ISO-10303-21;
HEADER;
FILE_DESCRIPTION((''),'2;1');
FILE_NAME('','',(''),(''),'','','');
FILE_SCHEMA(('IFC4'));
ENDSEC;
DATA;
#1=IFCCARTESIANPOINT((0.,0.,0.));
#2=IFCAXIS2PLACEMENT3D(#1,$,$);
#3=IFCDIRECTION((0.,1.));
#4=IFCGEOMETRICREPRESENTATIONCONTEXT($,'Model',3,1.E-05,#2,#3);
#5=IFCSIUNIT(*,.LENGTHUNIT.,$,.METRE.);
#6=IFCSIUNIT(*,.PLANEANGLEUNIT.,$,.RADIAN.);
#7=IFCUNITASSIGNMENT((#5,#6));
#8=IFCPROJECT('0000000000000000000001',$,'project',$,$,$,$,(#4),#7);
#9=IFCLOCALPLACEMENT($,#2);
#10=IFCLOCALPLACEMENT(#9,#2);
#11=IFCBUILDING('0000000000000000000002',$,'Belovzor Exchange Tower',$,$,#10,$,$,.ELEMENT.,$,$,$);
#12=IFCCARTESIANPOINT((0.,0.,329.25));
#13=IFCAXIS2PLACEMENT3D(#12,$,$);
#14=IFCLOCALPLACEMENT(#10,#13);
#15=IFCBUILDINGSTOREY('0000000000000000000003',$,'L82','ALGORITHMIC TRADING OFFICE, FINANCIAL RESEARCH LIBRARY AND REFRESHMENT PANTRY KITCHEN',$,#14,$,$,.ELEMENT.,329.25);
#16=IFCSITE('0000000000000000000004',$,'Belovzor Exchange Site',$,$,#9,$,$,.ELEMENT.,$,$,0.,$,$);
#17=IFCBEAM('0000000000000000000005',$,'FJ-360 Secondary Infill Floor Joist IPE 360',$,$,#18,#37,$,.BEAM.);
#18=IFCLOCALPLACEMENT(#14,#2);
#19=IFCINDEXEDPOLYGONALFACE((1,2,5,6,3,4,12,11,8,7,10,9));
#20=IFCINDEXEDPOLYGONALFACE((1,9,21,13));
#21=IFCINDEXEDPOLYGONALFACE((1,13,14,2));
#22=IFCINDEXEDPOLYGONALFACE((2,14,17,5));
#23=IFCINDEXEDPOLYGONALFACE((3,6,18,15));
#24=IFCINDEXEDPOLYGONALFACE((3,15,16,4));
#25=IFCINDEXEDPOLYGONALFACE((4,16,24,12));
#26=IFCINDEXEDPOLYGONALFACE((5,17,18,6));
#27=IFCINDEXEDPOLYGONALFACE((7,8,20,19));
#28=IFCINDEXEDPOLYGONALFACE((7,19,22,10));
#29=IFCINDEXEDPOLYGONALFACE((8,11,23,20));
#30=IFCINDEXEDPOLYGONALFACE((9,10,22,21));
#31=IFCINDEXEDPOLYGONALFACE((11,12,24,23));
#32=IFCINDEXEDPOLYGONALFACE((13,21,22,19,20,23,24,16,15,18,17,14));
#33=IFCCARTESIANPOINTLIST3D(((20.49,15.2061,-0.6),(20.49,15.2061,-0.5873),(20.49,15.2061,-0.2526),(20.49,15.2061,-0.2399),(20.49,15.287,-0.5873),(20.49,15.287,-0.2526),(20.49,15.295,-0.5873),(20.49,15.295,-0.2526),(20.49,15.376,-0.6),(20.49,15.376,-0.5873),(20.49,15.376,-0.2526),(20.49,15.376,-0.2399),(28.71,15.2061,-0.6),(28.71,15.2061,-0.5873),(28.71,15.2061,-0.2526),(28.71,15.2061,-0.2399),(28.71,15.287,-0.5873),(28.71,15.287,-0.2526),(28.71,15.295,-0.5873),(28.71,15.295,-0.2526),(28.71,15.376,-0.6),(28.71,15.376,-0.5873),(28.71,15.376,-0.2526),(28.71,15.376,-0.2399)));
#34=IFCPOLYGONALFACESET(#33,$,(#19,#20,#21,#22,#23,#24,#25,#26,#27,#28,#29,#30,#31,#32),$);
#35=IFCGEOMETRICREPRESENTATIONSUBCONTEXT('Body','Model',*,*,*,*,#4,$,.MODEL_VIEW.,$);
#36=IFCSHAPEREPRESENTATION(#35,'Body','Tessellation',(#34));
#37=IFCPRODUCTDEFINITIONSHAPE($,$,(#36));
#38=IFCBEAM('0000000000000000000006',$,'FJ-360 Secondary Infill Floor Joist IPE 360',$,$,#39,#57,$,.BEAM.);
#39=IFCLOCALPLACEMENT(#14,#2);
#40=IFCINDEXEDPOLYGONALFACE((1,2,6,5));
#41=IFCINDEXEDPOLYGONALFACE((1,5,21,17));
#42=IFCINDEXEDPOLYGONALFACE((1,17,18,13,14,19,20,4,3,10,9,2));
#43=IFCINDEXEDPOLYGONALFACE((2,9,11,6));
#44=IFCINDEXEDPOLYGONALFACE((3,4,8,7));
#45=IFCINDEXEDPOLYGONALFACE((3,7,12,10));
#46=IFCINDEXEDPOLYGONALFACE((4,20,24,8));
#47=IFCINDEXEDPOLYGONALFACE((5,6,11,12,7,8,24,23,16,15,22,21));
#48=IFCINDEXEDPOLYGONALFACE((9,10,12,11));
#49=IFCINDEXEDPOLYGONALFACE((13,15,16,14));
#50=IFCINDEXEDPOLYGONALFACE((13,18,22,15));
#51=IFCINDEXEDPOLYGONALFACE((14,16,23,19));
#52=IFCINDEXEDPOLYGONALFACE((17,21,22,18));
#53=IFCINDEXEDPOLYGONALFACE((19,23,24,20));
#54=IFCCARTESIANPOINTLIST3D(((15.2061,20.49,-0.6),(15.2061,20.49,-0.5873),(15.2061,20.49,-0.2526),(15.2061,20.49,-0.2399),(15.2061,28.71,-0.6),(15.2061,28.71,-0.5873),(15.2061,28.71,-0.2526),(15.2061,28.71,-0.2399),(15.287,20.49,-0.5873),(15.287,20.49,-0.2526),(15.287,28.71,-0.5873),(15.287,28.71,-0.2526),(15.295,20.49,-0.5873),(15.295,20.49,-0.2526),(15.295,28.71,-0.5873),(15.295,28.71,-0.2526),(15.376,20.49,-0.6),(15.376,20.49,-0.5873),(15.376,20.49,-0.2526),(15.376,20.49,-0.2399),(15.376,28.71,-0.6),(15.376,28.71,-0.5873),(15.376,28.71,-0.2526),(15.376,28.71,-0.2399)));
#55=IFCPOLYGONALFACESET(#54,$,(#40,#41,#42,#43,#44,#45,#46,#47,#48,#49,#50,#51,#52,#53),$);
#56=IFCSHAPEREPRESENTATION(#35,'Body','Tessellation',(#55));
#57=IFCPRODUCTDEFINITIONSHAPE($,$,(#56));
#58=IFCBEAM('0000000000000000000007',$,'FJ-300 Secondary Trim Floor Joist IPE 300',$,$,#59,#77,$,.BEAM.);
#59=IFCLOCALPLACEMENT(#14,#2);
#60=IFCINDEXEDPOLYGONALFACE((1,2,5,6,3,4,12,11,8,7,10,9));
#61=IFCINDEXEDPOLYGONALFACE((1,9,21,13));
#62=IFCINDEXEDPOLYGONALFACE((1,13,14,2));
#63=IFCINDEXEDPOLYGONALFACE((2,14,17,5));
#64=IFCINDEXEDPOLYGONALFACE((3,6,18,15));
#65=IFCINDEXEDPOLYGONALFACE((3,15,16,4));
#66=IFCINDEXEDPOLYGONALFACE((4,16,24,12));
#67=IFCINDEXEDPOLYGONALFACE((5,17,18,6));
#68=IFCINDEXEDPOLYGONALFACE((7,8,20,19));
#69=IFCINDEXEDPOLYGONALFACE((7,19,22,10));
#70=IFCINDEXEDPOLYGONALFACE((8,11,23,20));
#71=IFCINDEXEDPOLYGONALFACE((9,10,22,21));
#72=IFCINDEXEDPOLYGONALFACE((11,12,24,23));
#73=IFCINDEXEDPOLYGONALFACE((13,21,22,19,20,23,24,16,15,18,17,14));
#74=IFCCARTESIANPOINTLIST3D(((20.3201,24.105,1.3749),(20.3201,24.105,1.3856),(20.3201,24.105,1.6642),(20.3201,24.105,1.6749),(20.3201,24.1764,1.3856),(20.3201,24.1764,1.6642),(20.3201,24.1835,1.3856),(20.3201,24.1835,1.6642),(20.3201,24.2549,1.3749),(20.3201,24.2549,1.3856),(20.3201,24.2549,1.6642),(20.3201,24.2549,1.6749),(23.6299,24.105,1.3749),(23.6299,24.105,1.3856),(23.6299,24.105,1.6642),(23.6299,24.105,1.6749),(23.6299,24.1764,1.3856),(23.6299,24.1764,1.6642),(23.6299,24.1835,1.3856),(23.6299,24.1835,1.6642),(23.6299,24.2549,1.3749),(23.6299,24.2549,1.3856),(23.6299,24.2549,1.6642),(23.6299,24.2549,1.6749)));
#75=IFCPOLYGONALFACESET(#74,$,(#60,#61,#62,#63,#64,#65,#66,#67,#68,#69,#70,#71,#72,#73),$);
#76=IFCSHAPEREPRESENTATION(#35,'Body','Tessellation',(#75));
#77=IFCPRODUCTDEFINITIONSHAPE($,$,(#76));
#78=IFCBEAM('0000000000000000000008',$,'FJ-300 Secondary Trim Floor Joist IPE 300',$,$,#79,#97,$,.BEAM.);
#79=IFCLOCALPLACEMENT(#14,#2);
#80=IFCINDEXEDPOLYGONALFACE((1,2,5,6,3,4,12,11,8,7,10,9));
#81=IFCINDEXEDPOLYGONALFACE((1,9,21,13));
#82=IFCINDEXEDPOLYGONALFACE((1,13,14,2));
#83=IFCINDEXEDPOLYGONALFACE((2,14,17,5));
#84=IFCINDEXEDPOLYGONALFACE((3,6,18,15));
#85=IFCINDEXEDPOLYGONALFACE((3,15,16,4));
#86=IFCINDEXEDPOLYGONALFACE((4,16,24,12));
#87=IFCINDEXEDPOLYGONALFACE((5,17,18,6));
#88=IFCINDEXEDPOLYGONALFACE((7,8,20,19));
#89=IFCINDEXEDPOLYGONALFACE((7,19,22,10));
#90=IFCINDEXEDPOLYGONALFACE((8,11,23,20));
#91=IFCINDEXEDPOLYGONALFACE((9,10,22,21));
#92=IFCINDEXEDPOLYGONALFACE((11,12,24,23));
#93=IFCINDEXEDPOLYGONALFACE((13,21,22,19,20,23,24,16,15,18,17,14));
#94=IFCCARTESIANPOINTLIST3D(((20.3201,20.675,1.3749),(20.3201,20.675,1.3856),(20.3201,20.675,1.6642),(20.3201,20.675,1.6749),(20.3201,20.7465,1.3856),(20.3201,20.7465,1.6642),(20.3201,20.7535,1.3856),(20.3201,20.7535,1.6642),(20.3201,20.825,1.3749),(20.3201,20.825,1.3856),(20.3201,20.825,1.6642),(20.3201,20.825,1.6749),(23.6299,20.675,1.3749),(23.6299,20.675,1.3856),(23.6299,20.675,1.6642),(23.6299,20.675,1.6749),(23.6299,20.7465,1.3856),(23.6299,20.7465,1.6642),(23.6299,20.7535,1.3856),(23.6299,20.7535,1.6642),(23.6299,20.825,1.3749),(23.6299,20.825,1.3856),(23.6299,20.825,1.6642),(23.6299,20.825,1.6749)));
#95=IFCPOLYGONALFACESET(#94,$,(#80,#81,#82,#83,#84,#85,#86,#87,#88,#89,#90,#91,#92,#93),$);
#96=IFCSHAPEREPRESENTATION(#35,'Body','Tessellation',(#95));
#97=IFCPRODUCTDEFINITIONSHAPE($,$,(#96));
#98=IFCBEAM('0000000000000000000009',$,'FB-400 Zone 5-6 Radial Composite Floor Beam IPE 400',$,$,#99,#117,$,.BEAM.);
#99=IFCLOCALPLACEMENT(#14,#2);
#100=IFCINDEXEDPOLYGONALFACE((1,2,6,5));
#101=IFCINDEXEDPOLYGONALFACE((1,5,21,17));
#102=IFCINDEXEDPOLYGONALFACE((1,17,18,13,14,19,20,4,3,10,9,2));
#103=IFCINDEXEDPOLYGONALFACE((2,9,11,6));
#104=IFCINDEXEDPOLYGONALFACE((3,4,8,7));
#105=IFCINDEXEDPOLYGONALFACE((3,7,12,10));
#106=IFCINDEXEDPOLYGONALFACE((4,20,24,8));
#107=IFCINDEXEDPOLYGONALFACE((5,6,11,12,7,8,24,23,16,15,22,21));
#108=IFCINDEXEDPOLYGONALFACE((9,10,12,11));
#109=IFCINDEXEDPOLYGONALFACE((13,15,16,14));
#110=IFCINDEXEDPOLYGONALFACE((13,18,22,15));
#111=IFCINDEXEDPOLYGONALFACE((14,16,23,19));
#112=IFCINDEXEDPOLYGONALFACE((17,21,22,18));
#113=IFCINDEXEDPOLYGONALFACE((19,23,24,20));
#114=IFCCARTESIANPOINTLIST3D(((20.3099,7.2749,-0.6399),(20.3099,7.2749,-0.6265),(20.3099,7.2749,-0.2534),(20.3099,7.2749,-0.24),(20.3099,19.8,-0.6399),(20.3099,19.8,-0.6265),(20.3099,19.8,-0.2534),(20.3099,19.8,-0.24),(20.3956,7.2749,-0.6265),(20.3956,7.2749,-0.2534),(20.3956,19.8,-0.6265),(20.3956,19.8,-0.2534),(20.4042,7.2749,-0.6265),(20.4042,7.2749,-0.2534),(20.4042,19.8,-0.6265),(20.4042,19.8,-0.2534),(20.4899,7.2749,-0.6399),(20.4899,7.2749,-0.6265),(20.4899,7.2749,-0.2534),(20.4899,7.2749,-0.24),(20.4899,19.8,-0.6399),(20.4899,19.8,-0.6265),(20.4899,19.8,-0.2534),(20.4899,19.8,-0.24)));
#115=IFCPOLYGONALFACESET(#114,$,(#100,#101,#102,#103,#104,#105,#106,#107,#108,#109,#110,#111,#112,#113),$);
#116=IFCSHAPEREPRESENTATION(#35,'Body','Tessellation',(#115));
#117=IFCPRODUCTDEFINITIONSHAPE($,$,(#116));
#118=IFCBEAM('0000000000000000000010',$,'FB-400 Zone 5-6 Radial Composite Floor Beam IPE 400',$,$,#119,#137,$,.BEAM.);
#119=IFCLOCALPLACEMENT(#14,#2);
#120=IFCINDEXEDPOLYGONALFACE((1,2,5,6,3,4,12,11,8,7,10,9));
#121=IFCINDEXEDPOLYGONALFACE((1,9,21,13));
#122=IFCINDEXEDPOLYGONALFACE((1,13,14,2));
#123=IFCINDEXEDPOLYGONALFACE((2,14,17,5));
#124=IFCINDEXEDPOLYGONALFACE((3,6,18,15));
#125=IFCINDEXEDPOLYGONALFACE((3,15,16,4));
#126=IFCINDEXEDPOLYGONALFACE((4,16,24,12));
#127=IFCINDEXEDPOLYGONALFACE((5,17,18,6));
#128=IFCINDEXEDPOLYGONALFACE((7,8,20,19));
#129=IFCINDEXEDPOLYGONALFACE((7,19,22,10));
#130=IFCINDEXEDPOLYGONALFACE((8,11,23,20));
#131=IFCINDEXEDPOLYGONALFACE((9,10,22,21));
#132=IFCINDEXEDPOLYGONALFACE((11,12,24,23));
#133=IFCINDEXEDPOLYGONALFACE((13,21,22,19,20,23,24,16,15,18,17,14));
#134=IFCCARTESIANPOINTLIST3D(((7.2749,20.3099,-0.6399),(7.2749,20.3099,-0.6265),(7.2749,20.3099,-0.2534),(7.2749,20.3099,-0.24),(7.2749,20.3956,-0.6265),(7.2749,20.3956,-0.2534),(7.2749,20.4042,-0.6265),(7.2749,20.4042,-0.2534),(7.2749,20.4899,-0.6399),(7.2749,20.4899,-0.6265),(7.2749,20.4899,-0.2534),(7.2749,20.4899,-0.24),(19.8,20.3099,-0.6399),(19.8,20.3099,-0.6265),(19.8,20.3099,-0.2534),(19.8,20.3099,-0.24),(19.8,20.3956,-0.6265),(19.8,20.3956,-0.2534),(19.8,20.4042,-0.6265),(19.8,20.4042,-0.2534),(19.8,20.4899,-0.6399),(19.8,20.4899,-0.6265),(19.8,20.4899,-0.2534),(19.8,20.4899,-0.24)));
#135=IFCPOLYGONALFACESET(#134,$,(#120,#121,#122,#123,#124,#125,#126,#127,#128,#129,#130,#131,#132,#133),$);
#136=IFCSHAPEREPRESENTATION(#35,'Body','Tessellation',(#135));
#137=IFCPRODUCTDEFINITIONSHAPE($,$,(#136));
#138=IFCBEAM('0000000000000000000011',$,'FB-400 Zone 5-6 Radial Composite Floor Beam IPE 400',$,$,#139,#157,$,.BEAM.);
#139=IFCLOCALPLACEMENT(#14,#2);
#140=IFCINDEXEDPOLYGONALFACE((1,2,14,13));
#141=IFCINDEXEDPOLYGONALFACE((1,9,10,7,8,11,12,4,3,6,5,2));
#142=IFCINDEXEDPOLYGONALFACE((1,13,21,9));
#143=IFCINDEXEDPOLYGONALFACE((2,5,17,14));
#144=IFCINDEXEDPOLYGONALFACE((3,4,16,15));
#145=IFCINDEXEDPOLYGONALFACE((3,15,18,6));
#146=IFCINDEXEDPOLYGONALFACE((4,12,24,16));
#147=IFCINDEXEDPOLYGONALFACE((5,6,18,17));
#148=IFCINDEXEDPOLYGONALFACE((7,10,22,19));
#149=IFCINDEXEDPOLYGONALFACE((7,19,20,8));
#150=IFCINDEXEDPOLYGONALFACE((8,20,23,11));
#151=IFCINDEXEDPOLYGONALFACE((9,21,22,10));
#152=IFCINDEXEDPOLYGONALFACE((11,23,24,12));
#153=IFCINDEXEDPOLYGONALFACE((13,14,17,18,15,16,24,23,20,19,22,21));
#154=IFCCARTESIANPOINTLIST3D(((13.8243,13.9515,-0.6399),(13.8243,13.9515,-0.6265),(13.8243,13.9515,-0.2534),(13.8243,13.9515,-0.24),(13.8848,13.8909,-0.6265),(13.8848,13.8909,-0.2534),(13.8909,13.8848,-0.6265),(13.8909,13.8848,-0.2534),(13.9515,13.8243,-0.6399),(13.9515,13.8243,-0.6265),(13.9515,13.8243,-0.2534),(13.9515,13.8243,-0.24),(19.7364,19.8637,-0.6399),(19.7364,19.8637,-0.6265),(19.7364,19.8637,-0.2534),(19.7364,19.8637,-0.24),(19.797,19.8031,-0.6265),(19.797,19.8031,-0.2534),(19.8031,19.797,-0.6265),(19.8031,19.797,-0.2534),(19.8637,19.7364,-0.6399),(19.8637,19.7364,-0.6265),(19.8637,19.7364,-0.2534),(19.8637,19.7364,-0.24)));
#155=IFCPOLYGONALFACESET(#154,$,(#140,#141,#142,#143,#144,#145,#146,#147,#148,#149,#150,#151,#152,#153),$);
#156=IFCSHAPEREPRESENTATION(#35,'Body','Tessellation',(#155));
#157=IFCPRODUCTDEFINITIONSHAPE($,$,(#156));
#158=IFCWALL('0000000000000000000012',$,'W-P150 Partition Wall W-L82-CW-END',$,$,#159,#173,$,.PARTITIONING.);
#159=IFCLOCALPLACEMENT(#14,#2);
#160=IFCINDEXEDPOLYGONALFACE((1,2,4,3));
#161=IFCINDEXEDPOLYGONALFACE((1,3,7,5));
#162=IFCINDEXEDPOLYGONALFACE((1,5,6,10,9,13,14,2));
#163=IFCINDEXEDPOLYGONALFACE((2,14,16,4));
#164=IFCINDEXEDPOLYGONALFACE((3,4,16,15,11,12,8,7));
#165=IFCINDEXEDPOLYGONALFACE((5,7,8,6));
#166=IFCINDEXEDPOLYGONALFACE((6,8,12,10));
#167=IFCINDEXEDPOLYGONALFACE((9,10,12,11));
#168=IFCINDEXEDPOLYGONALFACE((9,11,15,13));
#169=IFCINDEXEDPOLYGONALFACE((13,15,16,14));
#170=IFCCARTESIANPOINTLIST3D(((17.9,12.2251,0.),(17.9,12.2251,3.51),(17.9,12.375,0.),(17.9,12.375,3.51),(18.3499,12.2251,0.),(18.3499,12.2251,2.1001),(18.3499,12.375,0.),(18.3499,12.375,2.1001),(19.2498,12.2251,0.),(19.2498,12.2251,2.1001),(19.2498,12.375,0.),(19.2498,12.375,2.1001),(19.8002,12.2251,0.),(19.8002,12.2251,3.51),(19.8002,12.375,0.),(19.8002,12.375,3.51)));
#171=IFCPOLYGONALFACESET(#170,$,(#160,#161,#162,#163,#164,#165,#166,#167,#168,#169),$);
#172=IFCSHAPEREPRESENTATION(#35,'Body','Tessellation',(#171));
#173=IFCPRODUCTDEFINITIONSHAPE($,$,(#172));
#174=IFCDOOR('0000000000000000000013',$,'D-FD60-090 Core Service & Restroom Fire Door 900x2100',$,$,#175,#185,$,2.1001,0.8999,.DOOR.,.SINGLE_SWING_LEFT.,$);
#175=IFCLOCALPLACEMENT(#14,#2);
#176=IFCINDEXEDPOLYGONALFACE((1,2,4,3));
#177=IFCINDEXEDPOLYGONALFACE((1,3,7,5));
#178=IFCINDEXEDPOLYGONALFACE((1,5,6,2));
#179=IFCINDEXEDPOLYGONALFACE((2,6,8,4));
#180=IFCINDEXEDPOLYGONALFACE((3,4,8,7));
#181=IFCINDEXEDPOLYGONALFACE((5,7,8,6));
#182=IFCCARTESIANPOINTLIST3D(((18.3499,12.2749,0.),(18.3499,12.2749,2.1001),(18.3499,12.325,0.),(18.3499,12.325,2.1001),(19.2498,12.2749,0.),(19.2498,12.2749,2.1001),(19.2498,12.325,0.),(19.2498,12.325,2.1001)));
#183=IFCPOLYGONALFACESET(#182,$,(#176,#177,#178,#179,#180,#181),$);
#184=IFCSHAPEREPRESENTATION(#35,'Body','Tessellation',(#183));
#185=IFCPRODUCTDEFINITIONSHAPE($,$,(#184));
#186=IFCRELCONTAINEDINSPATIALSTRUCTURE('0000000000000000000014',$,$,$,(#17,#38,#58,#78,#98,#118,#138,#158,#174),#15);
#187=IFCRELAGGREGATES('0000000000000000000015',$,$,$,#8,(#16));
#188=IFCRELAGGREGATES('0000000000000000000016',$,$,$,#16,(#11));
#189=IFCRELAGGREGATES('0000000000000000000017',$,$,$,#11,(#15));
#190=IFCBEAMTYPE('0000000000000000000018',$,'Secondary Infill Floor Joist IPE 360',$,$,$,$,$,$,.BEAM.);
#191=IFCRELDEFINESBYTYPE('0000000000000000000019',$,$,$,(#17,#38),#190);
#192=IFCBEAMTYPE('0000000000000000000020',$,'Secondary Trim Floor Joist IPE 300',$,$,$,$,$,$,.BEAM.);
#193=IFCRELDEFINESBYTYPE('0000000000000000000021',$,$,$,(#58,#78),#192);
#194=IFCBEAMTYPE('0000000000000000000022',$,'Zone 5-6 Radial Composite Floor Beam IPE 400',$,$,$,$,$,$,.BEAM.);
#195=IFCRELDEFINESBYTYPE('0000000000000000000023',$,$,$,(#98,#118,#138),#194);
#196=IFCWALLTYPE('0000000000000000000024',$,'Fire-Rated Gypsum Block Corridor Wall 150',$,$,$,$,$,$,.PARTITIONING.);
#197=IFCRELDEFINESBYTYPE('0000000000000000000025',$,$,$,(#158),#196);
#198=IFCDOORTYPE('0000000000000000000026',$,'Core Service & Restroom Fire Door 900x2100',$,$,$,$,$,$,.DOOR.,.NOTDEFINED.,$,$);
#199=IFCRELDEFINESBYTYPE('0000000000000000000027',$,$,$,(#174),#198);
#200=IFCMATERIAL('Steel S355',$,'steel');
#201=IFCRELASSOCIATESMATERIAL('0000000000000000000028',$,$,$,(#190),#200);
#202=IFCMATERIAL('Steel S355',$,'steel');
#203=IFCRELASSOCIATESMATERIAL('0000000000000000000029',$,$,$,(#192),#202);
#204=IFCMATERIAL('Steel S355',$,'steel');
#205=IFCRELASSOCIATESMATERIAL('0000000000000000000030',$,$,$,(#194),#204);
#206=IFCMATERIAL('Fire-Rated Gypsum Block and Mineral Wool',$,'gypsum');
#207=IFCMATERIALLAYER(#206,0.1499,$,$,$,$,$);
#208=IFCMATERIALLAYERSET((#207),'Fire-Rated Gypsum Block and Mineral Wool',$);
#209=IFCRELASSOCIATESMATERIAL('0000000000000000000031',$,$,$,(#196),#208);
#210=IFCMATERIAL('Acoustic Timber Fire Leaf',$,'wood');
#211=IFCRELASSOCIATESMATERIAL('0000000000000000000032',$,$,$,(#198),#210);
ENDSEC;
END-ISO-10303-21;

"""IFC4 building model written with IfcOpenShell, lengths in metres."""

from ifc_helpers import new_model, si_unit, direction, frame, frame_2d, origin, origin_2d, place, context, subcontext, project, spatial, rectangle, i_section, extrude, material, layer, layer_set, material_profile, profile_set, type_object, element, fill, save


model = new_model("IFC4")

# Units and contexts
model_context = context("Model", 3, precision=1e-05, world=origin(), true_north=direction((0.0, 1.0)))
body_context = subcontext(model_context, "Body", "Model", "MODEL_VIEW")
ifc_project = project(units=[si_unit("LENGTHUNIT", "METRE"), si_unit("PLANEANGLEUNIT", "RADIAN")], contexts=[model_context])

# Site, building, storey
site_placement = place(None, origin())
site = spatial("IfcSite", under=ifc_project, at=site_placement, Name="Belovzor Exchange Site", CompositionType="ELEMENT", RefElevation=0.0)
building_placement = place(site_placement, origin())
building = spatial("IfcBuilding", under=site, at=building_placement, Name="Belovzor Exchange Tower", CompositionType="ELEMENT")
storey_placement = place(building_placement, frame((0.0, 0.0, 329.25)))
storey = spatial("IfcBuildingStorey", under=building, at=storey_placement, Name="L82", Description="ALGORITHMIC TRADING OFFICE, FINANCIAL RESEARCH LIBRARY AND REFRESHMENT PANTRY KITCHEN", CompositionType="ELEMENT", Elevation=329.25)

# Beams
ifc_material_1 = material(Name="Steel S355", Category="steel")
ifc_material_profile_1 = material_profile(ifc_material_1, i_section(OverallWidth=0.1699, OverallDepth=0.3601, WebThickness=0.0081, FlangeThickness=0.0127, at=origin_2d()))
ifc_profile_set_1 = profile_set([ifc_material_profile_1], Name="Steel S355")
beam_type_1 = type_object("IfcBeamType", Name="Secondary Infill Floor Joist IPE 360", PredefinedType="BEAM", material=ifc_profile_set_1)
for number, where, z_axis, x_axis, name in (
    (1, (20.49, 15.291, -0.4199), (1.0, 0.0, 0.0), (0.0, 1.0, 0.0), "FJ-360 Secondary Infill Floor Joist IPE 360"),
    (2, (15.291, 20.49, -0.4199), (0.0, 1.0, 0.0), (-1.0, 0.0, 0.0), "FJ-360 Secondary Infill Floor Joist IPE 360"),
):
    element("IfcBeam", number, at=place(storey_placement, frame(where, z_axis=z_axis, x_axis=x_axis)), inside=storey, type_object=beam_type_1, Name=name, PredefinedType="BEAM", context=body_context, shape_type="SweptSolid", body=[
        extrude(i_section(OverallWidth=0.1699, OverallDepth=0.3601, WebThickness=0.0081, FlangeThickness=0.0127, at=origin_2d()), origin(), (0.0, 0.0, 1.0), 8.22),
    ])
ifc_material_2 = material(Name="Steel S355", Category="steel")
ifc_material_profile_2 = material_profile(ifc_material_2, i_section(OverallWidth=0.1499, OverallDepth=0.3, WebThickness=0.0071, FlangeThickness=0.0107, at=origin_2d()))
ifc_profile_set_2 = profile_set([ifc_material_profile_2], Name="Steel S355")
beam_type_2 = type_object("IfcBeamType", Name="Secondary Trim Floor Joist IPE 300", PredefinedType="BEAM", material=ifc_profile_set_2)
for number, where, z_axis, x_axis, name in (
    (3, (20.3201, 24.1799, 1.5249), (1.0, 0.0, 0.0), (0.0, 1.0, 0.0), "FJ-300 Secondary Trim Floor Joist IPE 300"),
    (4, (20.3201, 20.75, 1.5249), (1.0, 0.0, 0.0), (0.0, 1.0, 0.0), "FJ-300 Secondary Trim Floor Joist IPE 300"),
):
    element("IfcBeam", number, at=place(storey_placement, frame(where, z_axis=z_axis, x_axis=x_axis)), inside=storey, type_object=beam_type_2, Name=name, PredefinedType="BEAM", context=body_context, shape_type="SweptSolid", body=[
        extrude(i_section(OverallWidth=0.1499, OverallDepth=0.3, WebThickness=0.0071, FlangeThickness=0.0107, at=origin_2d()), origin(), (0.0, 0.0, 1.0), 3.3098),
    ])
ifc_material_3 = material(Name="Steel S355", Category="steel")
ifc_material_profile_3 = material_profile(ifc_material_3, i_section(OverallWidth=0.1799, OverallDepth=0.3999, WebThickness=0.0085, FlangeThickness=0.0134, at=origin_2d()))
ifc_profile_set_3 = profile_set([ifc_material_profile_3], Name="Steel S355")
beam_type_3 = type_object("IfcBeamType", Name="Zone 5-6 Radial Composite Floor Beam IPE 400", PredefinedType="BEAM", material=ifc_profile_set_3)
for number, where, z_axis, x_axis, name in (
    (5, (20.3999, 19.8, -0.4399), (0.0, -1.0, 0.0), (1.0, 0.0, 0.0), "FB-400 Zone 5-6 Radial Composite Floor Beam IPE 400"),
    (6, (19.8, 20.3999, -0.4399), (-1.0, 0.0, 0.0), (0.0, -1.0, 0.0), "FB-400 Zone 5-6 Radial Composite Floor Beam IPE 400"),
):
    element("IfcBeam", number, at=place(storey_placement, frame(where, z_axis=z_axis, x_axis=x_axis)), inside=storey, type_object=beam_type_3, Name=name, PredefinedType="BEAM", context=body_context, shape_type="SweptSolid", body=[
        extrude(i_section(OverallWidth=0.1799, OverallDepth=0.3999, WebThickness=0.0085, FlangeThickness=0.0134, at=origin_2d()), origin(), (0.0, 0.0, 1.0), 12.5251),
    ])
beam_placement = place(storey_placement, frame((19.8, 19.8, -0.4399), z_axis=(-0.707107, -0.707107, 0.0), x_axis=(0.707107, -0.707107, 0.0)))
element("IfcBeam", 7, at=beam_placement, inside=storey, type_object=beam_type_3, Name="FB-400 Zone 5-6 Radial Composite Floor Beam IPE 400", PredefinedType="BEAM", context=body_context, shape_type="SweptSolid", body=[
    extrude(i_section(OverallWidth=0.1799, OverallDepth=0.3999, WebThickness=0.0085, FlangeThickness=0.0134, at=origin_2d()), origin(), (0.0, 0.0, 1.0), 8.3611),
])

# Wall, opening, door
ifc_material_4 = material(Name="Fire-Rated Gypsum Block and Mineral Wool", Category="gypsum")
ifc_layer_1 = layer(ifc_material_4, 0.1499)
ifc_layer_set_1 = layer_set([ifc_layer_1], Name="Fire-Rated Gypsum Block and Mineral Wool")
wall_type_1 = type_object("IfcWallType", Name="Fire-Rated Gypsum Block Corridor Wall 150", PredefinedType="PARTITIONING", material=ifc_layer_set_1)
wall_1_placement = place(storey_placement, frame((17.8999, 12.3, 0.0), z_axis=(0.0, 0.0, 1.0), x_axis=(1.0, 0.0, 0.0)))
wall_1 = element("IfcWall", 8, at=wall_1_placement, inside=storey, type_object=wall_type_1, Name="W-P150 Partition Wall W-L82-CW-END", PredefinedType="PARTITIONING", context=body_context, shape_type="SweptSolid", body=[
    extrude(rectangle(XDim=1.9001, YDim=0.1499, at=frame_2d((0.9502, 0.0))), origin(), (0.0, 0.0, 1.0), 3.51),
])
opening_1_placement = place(wall_1_placement, frame((0.45, 0.0, 0.0)))
opening_1 = element("IfcOpeningElement", 9, at=opening_1_placement, cuts=wall_1, PredefinedType="OPENING", context=body_context, shape_type="SweptSolid", body=[
    extrude(rectangle(XDim=0.8999, YDim=2.1001, at=frame_2d((0.45, 1.05))), frame((0.0, 0.085, 0.0), z_axis=(0.0, -1.0, 0.0), x_axis=(1.0, 0.0, 0.0)), (0.0, 0.0, 1.0), 0.1699),
])
ifc_material_5 = material(Name="Acoustic Timber Fire Leaf", Category="wood")
door_type_1 = type_object("IfcDoorType", Name="Core Service & Restroom Fire Door 900x2100", OperationType="NOTDEFINED", PredefinedType="DOOR", material=ifc_material_5)
door_1_placement = place(opening_1_placement, origin())
door_1 = element("IfcDoor", 10, at=door_1_placement, inside=storey, type_object=door_type_1, Name="D-FD60-090 Core Service & Restroom Fire Door 900x2100", OperationType="SINGLE_SWING_LEFT", OverallHeight=2.1001, OverallWidth=0.8999, PredefinedType="DOOR", context=body_context, shape_type="SweptSolid", body=[
    extrude(rectangle(XDim=0.8999, YDim=2.1001, at=frame_2d((0.45, 1.05))), frame((0.0, 0.0249, 0.0), z_axis=(0.0, -1.0, 0.0), x_axis=(1.0, 0.0, 0.0)), (0.0, 0.0, 1.0), 0.05),
])
fill(opening_1, door_1)

save(model, "model.ifc")
